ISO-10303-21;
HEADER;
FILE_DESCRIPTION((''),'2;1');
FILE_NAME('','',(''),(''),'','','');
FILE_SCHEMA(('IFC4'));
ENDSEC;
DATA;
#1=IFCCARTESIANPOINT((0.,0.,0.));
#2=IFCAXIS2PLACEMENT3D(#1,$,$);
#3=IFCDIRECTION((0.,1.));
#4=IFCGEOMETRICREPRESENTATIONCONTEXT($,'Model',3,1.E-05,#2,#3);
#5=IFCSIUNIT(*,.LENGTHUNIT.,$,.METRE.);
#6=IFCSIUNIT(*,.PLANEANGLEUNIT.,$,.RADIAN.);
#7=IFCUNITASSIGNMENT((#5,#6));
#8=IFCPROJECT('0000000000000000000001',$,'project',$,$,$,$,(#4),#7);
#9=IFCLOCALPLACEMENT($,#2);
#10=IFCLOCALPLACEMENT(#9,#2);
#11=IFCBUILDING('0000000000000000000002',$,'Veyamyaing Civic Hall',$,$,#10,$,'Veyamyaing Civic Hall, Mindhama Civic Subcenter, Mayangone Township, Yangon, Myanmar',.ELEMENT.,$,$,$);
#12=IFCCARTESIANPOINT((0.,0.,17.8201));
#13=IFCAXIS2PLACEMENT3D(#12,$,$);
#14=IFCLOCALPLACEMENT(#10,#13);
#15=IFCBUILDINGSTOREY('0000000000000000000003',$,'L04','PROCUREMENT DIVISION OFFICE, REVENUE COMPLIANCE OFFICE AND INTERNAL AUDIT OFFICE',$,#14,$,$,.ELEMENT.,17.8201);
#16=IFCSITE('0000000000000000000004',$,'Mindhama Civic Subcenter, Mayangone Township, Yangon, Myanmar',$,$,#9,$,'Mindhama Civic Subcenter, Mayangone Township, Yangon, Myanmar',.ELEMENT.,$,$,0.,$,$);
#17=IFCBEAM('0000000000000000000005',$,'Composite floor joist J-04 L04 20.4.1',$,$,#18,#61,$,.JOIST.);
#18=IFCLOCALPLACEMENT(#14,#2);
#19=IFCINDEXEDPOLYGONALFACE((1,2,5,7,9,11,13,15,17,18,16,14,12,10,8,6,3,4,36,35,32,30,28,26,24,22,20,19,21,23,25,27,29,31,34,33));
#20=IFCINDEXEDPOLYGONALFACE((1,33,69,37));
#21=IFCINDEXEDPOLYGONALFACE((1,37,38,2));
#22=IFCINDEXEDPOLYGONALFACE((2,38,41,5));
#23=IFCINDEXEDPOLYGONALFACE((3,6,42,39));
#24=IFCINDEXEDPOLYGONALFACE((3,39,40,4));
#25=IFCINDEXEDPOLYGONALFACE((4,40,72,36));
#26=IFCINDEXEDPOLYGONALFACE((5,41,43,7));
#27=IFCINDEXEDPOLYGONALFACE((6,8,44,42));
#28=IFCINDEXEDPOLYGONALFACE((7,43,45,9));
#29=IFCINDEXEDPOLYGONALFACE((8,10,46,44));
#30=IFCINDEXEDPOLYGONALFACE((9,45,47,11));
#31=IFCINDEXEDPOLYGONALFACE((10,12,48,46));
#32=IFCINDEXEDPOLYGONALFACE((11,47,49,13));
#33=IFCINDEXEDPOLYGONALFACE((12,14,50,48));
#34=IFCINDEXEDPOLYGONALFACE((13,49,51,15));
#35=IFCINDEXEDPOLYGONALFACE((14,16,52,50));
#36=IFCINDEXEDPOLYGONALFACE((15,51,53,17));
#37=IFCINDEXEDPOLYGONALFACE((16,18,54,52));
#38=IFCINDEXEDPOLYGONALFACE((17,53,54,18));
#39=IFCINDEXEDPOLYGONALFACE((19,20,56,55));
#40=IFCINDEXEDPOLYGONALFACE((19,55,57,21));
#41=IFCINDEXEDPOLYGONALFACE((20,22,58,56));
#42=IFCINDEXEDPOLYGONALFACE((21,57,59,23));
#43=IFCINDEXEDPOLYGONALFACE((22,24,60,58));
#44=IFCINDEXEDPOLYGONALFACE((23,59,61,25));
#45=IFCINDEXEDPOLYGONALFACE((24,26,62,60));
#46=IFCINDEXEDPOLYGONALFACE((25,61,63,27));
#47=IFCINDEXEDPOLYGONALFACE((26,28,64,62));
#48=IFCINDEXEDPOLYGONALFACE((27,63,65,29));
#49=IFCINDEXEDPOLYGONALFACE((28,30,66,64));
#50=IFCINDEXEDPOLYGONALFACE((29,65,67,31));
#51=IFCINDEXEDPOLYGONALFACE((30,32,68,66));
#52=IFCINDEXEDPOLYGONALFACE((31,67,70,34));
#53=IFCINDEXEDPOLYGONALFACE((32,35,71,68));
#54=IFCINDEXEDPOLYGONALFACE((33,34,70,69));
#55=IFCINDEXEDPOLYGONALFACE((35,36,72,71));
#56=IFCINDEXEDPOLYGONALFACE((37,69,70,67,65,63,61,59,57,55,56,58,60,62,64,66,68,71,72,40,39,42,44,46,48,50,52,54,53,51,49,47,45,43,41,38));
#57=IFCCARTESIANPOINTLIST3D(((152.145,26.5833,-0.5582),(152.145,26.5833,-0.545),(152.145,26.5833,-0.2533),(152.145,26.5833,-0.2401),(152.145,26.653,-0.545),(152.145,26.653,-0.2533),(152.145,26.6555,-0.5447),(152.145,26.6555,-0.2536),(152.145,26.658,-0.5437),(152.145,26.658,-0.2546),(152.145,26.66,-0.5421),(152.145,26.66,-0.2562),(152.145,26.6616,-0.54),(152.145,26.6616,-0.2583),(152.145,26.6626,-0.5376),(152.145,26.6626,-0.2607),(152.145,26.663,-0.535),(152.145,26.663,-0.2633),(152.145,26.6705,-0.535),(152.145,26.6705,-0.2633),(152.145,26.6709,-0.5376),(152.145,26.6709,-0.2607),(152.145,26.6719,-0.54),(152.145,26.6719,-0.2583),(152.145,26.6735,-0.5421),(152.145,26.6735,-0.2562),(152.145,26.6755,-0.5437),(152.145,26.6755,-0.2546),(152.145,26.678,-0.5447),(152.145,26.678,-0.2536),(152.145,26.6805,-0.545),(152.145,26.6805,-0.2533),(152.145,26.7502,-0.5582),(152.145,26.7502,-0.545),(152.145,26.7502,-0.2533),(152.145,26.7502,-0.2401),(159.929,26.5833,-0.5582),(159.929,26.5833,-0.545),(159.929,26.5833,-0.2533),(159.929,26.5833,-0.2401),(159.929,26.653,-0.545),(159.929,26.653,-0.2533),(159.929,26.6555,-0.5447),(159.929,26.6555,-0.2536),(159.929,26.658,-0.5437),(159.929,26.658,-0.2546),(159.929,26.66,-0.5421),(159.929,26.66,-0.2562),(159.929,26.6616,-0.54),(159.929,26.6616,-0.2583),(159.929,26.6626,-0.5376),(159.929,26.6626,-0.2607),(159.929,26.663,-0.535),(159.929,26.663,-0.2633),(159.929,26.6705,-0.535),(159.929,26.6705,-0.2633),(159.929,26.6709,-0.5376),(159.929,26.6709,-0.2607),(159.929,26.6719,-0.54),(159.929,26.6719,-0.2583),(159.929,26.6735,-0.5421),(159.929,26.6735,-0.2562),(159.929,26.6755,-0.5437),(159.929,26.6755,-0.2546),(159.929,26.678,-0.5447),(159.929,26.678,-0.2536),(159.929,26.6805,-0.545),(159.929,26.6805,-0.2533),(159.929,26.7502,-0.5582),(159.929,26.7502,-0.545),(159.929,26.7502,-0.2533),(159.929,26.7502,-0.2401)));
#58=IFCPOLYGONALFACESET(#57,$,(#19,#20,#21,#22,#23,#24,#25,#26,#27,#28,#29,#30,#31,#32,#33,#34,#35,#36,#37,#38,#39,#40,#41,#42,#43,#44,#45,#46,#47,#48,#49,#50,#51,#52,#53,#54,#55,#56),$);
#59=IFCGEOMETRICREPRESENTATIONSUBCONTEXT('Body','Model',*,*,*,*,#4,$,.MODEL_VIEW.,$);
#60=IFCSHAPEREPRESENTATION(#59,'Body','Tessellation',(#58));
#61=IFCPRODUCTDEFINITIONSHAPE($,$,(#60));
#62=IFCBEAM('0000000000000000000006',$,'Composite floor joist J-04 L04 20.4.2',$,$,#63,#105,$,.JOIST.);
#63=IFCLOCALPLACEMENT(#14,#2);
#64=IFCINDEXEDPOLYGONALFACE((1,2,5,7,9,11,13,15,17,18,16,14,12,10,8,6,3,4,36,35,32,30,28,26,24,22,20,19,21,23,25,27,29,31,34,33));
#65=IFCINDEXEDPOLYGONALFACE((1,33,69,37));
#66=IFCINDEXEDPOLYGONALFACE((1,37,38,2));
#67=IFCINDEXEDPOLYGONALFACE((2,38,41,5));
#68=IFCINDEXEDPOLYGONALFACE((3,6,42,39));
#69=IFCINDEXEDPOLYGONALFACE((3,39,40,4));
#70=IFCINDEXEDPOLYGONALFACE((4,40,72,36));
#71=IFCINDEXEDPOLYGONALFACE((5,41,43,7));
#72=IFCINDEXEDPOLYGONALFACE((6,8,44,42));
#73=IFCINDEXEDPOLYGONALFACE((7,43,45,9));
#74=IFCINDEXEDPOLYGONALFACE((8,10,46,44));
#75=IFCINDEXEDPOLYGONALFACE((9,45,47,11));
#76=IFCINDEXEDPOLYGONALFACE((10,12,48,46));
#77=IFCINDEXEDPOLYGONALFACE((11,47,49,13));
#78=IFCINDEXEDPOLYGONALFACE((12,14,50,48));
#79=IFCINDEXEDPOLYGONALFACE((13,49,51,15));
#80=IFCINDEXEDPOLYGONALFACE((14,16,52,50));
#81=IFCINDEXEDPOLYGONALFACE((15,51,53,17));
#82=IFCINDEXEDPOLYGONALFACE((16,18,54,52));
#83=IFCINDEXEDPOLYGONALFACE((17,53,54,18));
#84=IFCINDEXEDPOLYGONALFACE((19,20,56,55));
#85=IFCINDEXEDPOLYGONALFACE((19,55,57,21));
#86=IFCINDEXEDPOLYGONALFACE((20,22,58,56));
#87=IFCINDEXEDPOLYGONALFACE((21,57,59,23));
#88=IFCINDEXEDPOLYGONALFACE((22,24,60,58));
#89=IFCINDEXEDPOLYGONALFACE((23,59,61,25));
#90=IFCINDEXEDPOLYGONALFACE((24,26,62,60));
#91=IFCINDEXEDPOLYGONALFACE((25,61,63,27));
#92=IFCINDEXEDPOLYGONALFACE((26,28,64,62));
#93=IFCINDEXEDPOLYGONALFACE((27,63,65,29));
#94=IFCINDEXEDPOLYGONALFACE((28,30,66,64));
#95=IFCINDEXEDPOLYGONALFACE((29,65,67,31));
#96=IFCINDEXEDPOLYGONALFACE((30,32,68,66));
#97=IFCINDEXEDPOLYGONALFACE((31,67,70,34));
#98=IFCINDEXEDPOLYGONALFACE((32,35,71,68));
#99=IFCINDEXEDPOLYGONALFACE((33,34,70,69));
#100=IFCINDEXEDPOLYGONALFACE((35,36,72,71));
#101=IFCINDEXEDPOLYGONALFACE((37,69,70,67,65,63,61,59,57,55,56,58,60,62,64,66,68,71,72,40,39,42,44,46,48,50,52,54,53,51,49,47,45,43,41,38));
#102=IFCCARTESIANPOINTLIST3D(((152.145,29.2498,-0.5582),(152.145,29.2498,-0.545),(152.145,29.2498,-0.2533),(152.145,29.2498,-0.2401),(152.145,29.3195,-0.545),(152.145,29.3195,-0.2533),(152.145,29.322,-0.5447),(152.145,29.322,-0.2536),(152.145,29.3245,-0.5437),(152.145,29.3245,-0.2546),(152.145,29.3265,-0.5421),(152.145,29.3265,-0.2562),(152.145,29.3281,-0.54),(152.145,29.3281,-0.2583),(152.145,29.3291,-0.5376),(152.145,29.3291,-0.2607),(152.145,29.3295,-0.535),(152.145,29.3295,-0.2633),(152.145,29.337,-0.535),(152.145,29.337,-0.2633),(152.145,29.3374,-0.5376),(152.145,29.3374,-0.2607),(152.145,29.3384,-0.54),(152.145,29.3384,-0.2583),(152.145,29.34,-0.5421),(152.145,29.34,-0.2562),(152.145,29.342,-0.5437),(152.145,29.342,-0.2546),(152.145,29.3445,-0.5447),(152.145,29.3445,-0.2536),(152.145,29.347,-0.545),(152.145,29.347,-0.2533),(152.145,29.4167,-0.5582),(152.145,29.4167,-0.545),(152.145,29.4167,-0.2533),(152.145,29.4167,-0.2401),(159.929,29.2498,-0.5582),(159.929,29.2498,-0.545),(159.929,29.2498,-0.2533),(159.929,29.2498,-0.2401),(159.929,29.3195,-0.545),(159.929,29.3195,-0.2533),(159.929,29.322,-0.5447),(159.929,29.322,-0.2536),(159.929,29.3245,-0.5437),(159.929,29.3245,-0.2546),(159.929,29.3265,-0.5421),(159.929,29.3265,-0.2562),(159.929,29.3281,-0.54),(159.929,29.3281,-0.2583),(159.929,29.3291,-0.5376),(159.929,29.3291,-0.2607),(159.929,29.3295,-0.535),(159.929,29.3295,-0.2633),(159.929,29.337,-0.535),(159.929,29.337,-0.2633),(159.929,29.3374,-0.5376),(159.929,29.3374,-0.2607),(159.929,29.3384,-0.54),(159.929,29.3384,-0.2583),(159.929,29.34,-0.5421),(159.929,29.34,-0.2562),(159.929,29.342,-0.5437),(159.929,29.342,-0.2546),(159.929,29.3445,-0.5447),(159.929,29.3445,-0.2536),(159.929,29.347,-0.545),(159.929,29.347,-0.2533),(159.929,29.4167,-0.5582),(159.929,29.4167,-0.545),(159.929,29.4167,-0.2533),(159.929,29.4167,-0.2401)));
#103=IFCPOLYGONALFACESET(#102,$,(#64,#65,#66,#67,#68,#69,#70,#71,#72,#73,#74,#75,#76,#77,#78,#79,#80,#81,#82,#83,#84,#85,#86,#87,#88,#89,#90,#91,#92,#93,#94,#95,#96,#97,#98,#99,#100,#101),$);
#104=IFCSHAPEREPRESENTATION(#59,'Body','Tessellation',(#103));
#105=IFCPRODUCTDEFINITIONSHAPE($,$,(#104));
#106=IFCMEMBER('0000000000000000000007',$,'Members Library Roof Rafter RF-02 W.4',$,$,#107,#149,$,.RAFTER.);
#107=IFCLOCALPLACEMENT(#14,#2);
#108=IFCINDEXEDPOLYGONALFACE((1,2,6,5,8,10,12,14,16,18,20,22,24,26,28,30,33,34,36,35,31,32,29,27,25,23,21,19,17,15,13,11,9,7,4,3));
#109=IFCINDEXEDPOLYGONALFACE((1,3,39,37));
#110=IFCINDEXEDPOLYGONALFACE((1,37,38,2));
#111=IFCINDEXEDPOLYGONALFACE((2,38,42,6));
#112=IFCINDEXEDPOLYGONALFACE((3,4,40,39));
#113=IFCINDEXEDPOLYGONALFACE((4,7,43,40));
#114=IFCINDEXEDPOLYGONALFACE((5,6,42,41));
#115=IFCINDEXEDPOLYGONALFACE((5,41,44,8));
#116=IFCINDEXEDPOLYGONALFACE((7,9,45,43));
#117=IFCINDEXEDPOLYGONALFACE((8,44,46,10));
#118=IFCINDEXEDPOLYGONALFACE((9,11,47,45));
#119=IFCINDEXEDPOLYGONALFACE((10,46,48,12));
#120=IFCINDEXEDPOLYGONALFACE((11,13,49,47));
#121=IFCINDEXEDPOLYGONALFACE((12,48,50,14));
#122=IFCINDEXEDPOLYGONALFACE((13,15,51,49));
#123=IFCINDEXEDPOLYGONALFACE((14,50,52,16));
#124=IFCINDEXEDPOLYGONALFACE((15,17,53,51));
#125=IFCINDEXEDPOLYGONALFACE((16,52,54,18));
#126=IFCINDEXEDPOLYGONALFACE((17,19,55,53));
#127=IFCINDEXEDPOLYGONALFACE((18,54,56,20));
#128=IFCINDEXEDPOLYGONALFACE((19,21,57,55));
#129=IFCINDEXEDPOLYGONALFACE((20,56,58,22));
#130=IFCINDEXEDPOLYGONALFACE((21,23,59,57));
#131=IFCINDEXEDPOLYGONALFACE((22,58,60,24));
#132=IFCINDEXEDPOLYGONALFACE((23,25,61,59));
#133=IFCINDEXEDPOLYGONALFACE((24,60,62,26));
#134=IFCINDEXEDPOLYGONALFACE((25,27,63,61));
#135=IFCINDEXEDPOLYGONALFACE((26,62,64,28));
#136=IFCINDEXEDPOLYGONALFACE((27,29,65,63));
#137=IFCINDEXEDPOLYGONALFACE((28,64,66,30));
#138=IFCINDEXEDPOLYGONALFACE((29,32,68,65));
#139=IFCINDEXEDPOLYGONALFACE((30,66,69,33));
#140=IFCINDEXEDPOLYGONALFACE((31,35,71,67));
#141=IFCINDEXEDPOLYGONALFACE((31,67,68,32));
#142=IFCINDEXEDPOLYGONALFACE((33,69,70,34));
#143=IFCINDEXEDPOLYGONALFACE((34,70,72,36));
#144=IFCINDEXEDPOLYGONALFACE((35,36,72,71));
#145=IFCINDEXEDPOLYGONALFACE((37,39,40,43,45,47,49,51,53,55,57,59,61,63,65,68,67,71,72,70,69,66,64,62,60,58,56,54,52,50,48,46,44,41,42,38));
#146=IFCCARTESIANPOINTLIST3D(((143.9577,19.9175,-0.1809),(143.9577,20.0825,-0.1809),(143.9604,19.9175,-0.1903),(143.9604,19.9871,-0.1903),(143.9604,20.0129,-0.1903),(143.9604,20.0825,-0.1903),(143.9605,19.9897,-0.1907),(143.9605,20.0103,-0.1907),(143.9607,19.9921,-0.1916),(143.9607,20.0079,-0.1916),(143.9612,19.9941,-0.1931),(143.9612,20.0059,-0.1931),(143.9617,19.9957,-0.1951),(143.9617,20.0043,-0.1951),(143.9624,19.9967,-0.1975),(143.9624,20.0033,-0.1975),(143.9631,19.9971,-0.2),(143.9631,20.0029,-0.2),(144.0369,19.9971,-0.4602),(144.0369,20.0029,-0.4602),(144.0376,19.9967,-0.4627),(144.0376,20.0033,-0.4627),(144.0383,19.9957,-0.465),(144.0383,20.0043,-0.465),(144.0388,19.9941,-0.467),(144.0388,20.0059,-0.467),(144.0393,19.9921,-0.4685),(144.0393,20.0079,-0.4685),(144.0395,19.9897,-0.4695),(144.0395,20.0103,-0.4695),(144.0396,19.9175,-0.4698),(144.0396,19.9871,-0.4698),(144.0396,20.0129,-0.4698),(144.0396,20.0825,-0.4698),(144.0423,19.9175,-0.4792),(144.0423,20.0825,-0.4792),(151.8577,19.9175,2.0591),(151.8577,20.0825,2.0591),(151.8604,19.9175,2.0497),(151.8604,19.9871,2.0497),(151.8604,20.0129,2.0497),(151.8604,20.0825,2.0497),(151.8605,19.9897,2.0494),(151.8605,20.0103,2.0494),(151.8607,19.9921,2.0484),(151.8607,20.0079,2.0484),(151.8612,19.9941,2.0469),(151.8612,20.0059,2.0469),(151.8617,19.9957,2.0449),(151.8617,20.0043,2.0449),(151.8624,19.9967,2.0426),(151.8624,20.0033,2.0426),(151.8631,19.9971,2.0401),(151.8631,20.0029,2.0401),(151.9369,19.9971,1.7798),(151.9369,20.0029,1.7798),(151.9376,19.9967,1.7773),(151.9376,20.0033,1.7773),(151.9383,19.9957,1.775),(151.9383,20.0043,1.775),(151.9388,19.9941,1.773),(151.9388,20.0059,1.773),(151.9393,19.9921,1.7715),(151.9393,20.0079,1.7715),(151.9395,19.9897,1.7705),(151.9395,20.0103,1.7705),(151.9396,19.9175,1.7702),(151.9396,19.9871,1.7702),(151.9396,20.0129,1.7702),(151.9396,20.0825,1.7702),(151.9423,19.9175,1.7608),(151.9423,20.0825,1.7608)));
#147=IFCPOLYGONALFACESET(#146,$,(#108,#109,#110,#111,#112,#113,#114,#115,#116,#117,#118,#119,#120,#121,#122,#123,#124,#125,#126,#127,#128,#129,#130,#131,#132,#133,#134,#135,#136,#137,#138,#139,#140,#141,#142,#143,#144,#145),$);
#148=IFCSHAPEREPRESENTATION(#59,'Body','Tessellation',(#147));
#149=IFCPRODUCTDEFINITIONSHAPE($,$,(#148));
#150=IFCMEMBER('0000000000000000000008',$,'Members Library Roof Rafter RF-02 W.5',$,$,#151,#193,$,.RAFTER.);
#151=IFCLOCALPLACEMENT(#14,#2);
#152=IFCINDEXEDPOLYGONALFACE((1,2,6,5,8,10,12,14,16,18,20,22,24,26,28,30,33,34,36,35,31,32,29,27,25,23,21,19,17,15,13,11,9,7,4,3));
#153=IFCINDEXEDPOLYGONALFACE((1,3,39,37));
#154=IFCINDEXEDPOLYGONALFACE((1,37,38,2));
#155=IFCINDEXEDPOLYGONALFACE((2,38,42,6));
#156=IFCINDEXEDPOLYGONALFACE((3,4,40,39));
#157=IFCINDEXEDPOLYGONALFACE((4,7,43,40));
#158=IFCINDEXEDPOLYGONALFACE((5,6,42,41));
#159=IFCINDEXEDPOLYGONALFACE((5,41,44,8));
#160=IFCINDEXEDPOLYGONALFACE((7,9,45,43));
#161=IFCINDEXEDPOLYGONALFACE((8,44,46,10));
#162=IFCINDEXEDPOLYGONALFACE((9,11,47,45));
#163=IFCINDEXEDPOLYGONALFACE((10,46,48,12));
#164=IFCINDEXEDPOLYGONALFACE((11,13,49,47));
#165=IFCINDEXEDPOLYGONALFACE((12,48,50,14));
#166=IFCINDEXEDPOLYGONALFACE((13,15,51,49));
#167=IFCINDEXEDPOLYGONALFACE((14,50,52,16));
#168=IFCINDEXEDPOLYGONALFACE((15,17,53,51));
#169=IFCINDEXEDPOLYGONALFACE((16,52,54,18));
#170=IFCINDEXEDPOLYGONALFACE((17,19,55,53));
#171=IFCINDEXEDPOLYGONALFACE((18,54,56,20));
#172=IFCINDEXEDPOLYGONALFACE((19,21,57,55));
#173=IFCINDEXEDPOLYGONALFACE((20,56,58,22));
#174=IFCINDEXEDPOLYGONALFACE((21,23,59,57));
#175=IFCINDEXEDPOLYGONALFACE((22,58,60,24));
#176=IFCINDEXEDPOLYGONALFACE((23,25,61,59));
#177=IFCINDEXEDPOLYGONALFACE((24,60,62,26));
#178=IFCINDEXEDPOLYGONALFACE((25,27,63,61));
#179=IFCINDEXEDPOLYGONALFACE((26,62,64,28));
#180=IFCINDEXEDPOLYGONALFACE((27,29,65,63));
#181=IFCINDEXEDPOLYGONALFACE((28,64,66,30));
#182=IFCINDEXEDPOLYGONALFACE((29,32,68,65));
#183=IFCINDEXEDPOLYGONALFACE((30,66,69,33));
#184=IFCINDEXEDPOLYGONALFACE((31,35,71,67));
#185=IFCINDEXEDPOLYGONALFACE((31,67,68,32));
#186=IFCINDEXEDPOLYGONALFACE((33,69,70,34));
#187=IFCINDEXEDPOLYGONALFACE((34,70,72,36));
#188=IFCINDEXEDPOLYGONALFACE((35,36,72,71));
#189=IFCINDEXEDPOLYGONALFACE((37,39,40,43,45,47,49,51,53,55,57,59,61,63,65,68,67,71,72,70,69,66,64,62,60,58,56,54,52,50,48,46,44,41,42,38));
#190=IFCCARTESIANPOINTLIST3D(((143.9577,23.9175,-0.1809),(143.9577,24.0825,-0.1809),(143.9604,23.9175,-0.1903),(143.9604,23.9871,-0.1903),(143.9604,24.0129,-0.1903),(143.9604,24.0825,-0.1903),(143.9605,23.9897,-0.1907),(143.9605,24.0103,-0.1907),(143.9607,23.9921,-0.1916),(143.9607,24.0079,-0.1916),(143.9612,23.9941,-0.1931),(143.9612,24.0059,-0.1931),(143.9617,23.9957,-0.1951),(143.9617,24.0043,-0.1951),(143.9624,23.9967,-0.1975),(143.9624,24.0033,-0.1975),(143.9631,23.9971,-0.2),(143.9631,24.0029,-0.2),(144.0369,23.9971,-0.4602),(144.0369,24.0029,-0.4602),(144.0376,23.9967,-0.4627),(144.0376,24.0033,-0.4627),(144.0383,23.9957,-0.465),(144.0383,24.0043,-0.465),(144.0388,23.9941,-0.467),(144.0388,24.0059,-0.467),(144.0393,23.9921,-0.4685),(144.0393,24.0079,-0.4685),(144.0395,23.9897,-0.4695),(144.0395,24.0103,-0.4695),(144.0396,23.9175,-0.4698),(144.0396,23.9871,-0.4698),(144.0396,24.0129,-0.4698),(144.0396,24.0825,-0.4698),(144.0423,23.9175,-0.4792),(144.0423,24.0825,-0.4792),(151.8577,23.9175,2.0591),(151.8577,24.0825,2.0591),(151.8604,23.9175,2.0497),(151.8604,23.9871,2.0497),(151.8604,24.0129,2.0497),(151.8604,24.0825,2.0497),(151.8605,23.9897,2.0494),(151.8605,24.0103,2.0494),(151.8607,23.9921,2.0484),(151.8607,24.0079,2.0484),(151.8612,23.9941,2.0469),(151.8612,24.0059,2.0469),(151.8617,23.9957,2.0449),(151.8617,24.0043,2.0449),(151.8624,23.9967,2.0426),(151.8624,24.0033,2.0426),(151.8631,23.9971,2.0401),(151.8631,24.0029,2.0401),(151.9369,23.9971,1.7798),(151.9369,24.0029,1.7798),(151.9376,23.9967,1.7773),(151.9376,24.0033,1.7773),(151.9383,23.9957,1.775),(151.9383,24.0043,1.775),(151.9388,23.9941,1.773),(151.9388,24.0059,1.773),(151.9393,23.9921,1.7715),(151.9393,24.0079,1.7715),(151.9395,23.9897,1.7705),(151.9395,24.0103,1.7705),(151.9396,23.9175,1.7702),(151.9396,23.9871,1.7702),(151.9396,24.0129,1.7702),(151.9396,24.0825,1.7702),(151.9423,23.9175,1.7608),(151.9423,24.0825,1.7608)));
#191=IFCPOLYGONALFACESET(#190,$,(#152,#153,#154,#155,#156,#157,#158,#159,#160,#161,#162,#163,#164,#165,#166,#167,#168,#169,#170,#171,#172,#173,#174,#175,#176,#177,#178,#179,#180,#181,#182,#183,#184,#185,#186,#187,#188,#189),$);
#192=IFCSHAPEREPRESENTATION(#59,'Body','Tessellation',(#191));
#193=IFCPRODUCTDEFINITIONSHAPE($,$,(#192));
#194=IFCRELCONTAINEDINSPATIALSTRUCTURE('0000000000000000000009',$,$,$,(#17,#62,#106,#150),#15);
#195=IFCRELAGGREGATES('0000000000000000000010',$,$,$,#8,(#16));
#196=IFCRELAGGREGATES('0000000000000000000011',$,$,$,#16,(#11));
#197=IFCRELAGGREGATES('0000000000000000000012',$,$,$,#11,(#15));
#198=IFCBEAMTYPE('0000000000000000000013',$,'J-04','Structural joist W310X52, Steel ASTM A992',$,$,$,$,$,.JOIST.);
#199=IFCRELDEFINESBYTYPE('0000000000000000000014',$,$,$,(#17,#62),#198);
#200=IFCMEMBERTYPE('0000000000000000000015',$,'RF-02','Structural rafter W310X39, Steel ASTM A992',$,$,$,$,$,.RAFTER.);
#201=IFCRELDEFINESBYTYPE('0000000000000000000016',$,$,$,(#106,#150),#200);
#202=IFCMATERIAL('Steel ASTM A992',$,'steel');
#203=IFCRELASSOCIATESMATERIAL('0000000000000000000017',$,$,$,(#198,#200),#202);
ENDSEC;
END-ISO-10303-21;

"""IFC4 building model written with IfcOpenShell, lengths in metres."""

from ifc_helpers import new_model, si_unit, direction, frame, origin, origin_2d, place, context, subcontext, project, spatial, i_section, extrude, material, material_profile, profile_set, type_object, element, save


model = new_model("IFC4")

# Units and contexts
model_context = context("Model", 3, precision=1e-05, world=origin(), true_north=direction((0.0, 1.0)))
body_context = subcontext(model_context, "Body", "Model", "MODEL_VIEW")
ifc_project = project(units=[si_unit("LENGTHUNIT", "METRE"), si_unit("PLANEANGLEUNIT", "RADIAN")], contexts=[model_context])

# Site, building, storey
site_placement = place(None, origin())
site = spatial("IfcSite", under=ifc_project, at=site_placement, Name="Mindhama Civic Subcenter, Mayangone Township, Yangon, Myanmar", LongName="Mindhama Civic Subcenter, Mayangone Township, Yangon, Myanmar", CompositionType="ELEMENT", RefElevation=0.0)
building_placement = place(site_placement, origin())
building = spatial("IfcBuilding", under=site, at=building_placement, Name="Veyamyaing Civic Hall", LongName="Veyamyaing Civic Hall, Mindhama Civic Subcenter, Mayangone Township, Yangon, Myanmar", CompositionType="ELEMENT")
storey_placement = place(building_placement, frame((0.0, 0.0, 17.8201)))
storey = spatial("IfcBuildingStorey", under=building, at=storey_placement, Name="L04", Description="PROCUREMENT DIVISION OFFICE, REVENUE COMPLIANCE OFFICE AND INTERNAL AUDIT OFFICE", CompositionType="ELEMENT", Elevation=17.8201)

# Beams
ifc_material_1 = material(Name="Steel ASTM A992", Category="steel")
ifc_material_profile_1 = material_profile(ifc_material_1, i_section(OverallWidth=0.167, OverallDepth=0.3181, WebThickness=0.0076, FlangeThickness=0.0132, FilletRadius=0.01, at=origin_2d()), Name="W310X52")
ifc_profile_set_1 = profile_set([ifc_material_profile_1], Name="Steel ASTM A992")
beam_type_1 = type_object("IfcBeamType", Name="J-04", Description="Structural joist W310X52, Steel ASTM A992", PredefinedType="JOIST", material=ifc_profile_set_1)
for number, where, z_axis, x_axis, name in (
    (1, (152.145, 26.6667, -0.3992), (1.0, 0.0, 0.0), (0.0, 1.0, 0.0), "Composite floor joist J-04 L04 20.4.1"),
    (2, (152.145, 29.3333, -0.3992), (1.0, 0.0, 0.0), (0.0, 1.0, 0.0), "Composite floor joist J-04 L04 20.4.2"),
):
    element("IfcBeam", number, at=place(storey_placement, frame(where, z_axis=z_axis, x_axis=x_axis)), inside=storey, type_object=beam_type_1, Name=name, PredefinedType="JOIST", context=body_context, shape_type="SweptSolid", body=[
        extrude(i_section(OverallWidth=0.167, OverallDepth=0.3181, WebThickness=0.0076, FlangeThickness=0.0132, FilletRadius=0.01, at=origin_2d()), origin(), (0.0, 0.0, 1.0), 7.7839),
    ])

# Members
ifc_material_profile_2 = material_profile(ifc_material_1, i_section(OverallWidth=0.165, OverallDepth=0.3101, WebThickness=0.0059, FlangeThickness=0.0098, FilletRadius=0.01, at=origin_2d()), Name="W310X39")
ifc_profile_set_2 = profile_set([ifc_material_profile_2], Name="Steel ASTM A992")
member_type = type_object("IfcMemberType", Name="RF-02", Description="Structural rafter W310X39, Steel ASTM A992", PredefinedType="RAFTER", material=ifc_profile_set_2)
for number, where, z_axis, x_axis, name in (
    (3, (144.0, 20.0, -0.3301), (0.962073, 0.0, 0.272792), (0.0, 1.0, 0.0), "Members Library Roof Rafter RF-02 W.4"),
    (4, (144.0, 24.0, -0.3301), (0.962073, 0.0, 0.272792), (0.0, 1.0, 0.0), "Members Library Roof Rafter RF-02 W.5"),
):
    element("IfcMember", number, at=place(storey_placement, frame(where, z_axis=z_axis, x_axis=x_axis)), inside=storey, type_object=member_type, Name=name, PredefinedType="RAFTER", context=body_context, shape_type="SweptSolid", body=[
        extrude(i_section(OverallWidth=0.165, OverallDepth=0.3101, WebThickness=0.0059, FlangeThickness=0.0098, FilletRadius=0.01, at=origin_2d()), origin(), (0.0, 0.0, 1.0), 8.2114),
    ])

save(model, "model.ifc")
